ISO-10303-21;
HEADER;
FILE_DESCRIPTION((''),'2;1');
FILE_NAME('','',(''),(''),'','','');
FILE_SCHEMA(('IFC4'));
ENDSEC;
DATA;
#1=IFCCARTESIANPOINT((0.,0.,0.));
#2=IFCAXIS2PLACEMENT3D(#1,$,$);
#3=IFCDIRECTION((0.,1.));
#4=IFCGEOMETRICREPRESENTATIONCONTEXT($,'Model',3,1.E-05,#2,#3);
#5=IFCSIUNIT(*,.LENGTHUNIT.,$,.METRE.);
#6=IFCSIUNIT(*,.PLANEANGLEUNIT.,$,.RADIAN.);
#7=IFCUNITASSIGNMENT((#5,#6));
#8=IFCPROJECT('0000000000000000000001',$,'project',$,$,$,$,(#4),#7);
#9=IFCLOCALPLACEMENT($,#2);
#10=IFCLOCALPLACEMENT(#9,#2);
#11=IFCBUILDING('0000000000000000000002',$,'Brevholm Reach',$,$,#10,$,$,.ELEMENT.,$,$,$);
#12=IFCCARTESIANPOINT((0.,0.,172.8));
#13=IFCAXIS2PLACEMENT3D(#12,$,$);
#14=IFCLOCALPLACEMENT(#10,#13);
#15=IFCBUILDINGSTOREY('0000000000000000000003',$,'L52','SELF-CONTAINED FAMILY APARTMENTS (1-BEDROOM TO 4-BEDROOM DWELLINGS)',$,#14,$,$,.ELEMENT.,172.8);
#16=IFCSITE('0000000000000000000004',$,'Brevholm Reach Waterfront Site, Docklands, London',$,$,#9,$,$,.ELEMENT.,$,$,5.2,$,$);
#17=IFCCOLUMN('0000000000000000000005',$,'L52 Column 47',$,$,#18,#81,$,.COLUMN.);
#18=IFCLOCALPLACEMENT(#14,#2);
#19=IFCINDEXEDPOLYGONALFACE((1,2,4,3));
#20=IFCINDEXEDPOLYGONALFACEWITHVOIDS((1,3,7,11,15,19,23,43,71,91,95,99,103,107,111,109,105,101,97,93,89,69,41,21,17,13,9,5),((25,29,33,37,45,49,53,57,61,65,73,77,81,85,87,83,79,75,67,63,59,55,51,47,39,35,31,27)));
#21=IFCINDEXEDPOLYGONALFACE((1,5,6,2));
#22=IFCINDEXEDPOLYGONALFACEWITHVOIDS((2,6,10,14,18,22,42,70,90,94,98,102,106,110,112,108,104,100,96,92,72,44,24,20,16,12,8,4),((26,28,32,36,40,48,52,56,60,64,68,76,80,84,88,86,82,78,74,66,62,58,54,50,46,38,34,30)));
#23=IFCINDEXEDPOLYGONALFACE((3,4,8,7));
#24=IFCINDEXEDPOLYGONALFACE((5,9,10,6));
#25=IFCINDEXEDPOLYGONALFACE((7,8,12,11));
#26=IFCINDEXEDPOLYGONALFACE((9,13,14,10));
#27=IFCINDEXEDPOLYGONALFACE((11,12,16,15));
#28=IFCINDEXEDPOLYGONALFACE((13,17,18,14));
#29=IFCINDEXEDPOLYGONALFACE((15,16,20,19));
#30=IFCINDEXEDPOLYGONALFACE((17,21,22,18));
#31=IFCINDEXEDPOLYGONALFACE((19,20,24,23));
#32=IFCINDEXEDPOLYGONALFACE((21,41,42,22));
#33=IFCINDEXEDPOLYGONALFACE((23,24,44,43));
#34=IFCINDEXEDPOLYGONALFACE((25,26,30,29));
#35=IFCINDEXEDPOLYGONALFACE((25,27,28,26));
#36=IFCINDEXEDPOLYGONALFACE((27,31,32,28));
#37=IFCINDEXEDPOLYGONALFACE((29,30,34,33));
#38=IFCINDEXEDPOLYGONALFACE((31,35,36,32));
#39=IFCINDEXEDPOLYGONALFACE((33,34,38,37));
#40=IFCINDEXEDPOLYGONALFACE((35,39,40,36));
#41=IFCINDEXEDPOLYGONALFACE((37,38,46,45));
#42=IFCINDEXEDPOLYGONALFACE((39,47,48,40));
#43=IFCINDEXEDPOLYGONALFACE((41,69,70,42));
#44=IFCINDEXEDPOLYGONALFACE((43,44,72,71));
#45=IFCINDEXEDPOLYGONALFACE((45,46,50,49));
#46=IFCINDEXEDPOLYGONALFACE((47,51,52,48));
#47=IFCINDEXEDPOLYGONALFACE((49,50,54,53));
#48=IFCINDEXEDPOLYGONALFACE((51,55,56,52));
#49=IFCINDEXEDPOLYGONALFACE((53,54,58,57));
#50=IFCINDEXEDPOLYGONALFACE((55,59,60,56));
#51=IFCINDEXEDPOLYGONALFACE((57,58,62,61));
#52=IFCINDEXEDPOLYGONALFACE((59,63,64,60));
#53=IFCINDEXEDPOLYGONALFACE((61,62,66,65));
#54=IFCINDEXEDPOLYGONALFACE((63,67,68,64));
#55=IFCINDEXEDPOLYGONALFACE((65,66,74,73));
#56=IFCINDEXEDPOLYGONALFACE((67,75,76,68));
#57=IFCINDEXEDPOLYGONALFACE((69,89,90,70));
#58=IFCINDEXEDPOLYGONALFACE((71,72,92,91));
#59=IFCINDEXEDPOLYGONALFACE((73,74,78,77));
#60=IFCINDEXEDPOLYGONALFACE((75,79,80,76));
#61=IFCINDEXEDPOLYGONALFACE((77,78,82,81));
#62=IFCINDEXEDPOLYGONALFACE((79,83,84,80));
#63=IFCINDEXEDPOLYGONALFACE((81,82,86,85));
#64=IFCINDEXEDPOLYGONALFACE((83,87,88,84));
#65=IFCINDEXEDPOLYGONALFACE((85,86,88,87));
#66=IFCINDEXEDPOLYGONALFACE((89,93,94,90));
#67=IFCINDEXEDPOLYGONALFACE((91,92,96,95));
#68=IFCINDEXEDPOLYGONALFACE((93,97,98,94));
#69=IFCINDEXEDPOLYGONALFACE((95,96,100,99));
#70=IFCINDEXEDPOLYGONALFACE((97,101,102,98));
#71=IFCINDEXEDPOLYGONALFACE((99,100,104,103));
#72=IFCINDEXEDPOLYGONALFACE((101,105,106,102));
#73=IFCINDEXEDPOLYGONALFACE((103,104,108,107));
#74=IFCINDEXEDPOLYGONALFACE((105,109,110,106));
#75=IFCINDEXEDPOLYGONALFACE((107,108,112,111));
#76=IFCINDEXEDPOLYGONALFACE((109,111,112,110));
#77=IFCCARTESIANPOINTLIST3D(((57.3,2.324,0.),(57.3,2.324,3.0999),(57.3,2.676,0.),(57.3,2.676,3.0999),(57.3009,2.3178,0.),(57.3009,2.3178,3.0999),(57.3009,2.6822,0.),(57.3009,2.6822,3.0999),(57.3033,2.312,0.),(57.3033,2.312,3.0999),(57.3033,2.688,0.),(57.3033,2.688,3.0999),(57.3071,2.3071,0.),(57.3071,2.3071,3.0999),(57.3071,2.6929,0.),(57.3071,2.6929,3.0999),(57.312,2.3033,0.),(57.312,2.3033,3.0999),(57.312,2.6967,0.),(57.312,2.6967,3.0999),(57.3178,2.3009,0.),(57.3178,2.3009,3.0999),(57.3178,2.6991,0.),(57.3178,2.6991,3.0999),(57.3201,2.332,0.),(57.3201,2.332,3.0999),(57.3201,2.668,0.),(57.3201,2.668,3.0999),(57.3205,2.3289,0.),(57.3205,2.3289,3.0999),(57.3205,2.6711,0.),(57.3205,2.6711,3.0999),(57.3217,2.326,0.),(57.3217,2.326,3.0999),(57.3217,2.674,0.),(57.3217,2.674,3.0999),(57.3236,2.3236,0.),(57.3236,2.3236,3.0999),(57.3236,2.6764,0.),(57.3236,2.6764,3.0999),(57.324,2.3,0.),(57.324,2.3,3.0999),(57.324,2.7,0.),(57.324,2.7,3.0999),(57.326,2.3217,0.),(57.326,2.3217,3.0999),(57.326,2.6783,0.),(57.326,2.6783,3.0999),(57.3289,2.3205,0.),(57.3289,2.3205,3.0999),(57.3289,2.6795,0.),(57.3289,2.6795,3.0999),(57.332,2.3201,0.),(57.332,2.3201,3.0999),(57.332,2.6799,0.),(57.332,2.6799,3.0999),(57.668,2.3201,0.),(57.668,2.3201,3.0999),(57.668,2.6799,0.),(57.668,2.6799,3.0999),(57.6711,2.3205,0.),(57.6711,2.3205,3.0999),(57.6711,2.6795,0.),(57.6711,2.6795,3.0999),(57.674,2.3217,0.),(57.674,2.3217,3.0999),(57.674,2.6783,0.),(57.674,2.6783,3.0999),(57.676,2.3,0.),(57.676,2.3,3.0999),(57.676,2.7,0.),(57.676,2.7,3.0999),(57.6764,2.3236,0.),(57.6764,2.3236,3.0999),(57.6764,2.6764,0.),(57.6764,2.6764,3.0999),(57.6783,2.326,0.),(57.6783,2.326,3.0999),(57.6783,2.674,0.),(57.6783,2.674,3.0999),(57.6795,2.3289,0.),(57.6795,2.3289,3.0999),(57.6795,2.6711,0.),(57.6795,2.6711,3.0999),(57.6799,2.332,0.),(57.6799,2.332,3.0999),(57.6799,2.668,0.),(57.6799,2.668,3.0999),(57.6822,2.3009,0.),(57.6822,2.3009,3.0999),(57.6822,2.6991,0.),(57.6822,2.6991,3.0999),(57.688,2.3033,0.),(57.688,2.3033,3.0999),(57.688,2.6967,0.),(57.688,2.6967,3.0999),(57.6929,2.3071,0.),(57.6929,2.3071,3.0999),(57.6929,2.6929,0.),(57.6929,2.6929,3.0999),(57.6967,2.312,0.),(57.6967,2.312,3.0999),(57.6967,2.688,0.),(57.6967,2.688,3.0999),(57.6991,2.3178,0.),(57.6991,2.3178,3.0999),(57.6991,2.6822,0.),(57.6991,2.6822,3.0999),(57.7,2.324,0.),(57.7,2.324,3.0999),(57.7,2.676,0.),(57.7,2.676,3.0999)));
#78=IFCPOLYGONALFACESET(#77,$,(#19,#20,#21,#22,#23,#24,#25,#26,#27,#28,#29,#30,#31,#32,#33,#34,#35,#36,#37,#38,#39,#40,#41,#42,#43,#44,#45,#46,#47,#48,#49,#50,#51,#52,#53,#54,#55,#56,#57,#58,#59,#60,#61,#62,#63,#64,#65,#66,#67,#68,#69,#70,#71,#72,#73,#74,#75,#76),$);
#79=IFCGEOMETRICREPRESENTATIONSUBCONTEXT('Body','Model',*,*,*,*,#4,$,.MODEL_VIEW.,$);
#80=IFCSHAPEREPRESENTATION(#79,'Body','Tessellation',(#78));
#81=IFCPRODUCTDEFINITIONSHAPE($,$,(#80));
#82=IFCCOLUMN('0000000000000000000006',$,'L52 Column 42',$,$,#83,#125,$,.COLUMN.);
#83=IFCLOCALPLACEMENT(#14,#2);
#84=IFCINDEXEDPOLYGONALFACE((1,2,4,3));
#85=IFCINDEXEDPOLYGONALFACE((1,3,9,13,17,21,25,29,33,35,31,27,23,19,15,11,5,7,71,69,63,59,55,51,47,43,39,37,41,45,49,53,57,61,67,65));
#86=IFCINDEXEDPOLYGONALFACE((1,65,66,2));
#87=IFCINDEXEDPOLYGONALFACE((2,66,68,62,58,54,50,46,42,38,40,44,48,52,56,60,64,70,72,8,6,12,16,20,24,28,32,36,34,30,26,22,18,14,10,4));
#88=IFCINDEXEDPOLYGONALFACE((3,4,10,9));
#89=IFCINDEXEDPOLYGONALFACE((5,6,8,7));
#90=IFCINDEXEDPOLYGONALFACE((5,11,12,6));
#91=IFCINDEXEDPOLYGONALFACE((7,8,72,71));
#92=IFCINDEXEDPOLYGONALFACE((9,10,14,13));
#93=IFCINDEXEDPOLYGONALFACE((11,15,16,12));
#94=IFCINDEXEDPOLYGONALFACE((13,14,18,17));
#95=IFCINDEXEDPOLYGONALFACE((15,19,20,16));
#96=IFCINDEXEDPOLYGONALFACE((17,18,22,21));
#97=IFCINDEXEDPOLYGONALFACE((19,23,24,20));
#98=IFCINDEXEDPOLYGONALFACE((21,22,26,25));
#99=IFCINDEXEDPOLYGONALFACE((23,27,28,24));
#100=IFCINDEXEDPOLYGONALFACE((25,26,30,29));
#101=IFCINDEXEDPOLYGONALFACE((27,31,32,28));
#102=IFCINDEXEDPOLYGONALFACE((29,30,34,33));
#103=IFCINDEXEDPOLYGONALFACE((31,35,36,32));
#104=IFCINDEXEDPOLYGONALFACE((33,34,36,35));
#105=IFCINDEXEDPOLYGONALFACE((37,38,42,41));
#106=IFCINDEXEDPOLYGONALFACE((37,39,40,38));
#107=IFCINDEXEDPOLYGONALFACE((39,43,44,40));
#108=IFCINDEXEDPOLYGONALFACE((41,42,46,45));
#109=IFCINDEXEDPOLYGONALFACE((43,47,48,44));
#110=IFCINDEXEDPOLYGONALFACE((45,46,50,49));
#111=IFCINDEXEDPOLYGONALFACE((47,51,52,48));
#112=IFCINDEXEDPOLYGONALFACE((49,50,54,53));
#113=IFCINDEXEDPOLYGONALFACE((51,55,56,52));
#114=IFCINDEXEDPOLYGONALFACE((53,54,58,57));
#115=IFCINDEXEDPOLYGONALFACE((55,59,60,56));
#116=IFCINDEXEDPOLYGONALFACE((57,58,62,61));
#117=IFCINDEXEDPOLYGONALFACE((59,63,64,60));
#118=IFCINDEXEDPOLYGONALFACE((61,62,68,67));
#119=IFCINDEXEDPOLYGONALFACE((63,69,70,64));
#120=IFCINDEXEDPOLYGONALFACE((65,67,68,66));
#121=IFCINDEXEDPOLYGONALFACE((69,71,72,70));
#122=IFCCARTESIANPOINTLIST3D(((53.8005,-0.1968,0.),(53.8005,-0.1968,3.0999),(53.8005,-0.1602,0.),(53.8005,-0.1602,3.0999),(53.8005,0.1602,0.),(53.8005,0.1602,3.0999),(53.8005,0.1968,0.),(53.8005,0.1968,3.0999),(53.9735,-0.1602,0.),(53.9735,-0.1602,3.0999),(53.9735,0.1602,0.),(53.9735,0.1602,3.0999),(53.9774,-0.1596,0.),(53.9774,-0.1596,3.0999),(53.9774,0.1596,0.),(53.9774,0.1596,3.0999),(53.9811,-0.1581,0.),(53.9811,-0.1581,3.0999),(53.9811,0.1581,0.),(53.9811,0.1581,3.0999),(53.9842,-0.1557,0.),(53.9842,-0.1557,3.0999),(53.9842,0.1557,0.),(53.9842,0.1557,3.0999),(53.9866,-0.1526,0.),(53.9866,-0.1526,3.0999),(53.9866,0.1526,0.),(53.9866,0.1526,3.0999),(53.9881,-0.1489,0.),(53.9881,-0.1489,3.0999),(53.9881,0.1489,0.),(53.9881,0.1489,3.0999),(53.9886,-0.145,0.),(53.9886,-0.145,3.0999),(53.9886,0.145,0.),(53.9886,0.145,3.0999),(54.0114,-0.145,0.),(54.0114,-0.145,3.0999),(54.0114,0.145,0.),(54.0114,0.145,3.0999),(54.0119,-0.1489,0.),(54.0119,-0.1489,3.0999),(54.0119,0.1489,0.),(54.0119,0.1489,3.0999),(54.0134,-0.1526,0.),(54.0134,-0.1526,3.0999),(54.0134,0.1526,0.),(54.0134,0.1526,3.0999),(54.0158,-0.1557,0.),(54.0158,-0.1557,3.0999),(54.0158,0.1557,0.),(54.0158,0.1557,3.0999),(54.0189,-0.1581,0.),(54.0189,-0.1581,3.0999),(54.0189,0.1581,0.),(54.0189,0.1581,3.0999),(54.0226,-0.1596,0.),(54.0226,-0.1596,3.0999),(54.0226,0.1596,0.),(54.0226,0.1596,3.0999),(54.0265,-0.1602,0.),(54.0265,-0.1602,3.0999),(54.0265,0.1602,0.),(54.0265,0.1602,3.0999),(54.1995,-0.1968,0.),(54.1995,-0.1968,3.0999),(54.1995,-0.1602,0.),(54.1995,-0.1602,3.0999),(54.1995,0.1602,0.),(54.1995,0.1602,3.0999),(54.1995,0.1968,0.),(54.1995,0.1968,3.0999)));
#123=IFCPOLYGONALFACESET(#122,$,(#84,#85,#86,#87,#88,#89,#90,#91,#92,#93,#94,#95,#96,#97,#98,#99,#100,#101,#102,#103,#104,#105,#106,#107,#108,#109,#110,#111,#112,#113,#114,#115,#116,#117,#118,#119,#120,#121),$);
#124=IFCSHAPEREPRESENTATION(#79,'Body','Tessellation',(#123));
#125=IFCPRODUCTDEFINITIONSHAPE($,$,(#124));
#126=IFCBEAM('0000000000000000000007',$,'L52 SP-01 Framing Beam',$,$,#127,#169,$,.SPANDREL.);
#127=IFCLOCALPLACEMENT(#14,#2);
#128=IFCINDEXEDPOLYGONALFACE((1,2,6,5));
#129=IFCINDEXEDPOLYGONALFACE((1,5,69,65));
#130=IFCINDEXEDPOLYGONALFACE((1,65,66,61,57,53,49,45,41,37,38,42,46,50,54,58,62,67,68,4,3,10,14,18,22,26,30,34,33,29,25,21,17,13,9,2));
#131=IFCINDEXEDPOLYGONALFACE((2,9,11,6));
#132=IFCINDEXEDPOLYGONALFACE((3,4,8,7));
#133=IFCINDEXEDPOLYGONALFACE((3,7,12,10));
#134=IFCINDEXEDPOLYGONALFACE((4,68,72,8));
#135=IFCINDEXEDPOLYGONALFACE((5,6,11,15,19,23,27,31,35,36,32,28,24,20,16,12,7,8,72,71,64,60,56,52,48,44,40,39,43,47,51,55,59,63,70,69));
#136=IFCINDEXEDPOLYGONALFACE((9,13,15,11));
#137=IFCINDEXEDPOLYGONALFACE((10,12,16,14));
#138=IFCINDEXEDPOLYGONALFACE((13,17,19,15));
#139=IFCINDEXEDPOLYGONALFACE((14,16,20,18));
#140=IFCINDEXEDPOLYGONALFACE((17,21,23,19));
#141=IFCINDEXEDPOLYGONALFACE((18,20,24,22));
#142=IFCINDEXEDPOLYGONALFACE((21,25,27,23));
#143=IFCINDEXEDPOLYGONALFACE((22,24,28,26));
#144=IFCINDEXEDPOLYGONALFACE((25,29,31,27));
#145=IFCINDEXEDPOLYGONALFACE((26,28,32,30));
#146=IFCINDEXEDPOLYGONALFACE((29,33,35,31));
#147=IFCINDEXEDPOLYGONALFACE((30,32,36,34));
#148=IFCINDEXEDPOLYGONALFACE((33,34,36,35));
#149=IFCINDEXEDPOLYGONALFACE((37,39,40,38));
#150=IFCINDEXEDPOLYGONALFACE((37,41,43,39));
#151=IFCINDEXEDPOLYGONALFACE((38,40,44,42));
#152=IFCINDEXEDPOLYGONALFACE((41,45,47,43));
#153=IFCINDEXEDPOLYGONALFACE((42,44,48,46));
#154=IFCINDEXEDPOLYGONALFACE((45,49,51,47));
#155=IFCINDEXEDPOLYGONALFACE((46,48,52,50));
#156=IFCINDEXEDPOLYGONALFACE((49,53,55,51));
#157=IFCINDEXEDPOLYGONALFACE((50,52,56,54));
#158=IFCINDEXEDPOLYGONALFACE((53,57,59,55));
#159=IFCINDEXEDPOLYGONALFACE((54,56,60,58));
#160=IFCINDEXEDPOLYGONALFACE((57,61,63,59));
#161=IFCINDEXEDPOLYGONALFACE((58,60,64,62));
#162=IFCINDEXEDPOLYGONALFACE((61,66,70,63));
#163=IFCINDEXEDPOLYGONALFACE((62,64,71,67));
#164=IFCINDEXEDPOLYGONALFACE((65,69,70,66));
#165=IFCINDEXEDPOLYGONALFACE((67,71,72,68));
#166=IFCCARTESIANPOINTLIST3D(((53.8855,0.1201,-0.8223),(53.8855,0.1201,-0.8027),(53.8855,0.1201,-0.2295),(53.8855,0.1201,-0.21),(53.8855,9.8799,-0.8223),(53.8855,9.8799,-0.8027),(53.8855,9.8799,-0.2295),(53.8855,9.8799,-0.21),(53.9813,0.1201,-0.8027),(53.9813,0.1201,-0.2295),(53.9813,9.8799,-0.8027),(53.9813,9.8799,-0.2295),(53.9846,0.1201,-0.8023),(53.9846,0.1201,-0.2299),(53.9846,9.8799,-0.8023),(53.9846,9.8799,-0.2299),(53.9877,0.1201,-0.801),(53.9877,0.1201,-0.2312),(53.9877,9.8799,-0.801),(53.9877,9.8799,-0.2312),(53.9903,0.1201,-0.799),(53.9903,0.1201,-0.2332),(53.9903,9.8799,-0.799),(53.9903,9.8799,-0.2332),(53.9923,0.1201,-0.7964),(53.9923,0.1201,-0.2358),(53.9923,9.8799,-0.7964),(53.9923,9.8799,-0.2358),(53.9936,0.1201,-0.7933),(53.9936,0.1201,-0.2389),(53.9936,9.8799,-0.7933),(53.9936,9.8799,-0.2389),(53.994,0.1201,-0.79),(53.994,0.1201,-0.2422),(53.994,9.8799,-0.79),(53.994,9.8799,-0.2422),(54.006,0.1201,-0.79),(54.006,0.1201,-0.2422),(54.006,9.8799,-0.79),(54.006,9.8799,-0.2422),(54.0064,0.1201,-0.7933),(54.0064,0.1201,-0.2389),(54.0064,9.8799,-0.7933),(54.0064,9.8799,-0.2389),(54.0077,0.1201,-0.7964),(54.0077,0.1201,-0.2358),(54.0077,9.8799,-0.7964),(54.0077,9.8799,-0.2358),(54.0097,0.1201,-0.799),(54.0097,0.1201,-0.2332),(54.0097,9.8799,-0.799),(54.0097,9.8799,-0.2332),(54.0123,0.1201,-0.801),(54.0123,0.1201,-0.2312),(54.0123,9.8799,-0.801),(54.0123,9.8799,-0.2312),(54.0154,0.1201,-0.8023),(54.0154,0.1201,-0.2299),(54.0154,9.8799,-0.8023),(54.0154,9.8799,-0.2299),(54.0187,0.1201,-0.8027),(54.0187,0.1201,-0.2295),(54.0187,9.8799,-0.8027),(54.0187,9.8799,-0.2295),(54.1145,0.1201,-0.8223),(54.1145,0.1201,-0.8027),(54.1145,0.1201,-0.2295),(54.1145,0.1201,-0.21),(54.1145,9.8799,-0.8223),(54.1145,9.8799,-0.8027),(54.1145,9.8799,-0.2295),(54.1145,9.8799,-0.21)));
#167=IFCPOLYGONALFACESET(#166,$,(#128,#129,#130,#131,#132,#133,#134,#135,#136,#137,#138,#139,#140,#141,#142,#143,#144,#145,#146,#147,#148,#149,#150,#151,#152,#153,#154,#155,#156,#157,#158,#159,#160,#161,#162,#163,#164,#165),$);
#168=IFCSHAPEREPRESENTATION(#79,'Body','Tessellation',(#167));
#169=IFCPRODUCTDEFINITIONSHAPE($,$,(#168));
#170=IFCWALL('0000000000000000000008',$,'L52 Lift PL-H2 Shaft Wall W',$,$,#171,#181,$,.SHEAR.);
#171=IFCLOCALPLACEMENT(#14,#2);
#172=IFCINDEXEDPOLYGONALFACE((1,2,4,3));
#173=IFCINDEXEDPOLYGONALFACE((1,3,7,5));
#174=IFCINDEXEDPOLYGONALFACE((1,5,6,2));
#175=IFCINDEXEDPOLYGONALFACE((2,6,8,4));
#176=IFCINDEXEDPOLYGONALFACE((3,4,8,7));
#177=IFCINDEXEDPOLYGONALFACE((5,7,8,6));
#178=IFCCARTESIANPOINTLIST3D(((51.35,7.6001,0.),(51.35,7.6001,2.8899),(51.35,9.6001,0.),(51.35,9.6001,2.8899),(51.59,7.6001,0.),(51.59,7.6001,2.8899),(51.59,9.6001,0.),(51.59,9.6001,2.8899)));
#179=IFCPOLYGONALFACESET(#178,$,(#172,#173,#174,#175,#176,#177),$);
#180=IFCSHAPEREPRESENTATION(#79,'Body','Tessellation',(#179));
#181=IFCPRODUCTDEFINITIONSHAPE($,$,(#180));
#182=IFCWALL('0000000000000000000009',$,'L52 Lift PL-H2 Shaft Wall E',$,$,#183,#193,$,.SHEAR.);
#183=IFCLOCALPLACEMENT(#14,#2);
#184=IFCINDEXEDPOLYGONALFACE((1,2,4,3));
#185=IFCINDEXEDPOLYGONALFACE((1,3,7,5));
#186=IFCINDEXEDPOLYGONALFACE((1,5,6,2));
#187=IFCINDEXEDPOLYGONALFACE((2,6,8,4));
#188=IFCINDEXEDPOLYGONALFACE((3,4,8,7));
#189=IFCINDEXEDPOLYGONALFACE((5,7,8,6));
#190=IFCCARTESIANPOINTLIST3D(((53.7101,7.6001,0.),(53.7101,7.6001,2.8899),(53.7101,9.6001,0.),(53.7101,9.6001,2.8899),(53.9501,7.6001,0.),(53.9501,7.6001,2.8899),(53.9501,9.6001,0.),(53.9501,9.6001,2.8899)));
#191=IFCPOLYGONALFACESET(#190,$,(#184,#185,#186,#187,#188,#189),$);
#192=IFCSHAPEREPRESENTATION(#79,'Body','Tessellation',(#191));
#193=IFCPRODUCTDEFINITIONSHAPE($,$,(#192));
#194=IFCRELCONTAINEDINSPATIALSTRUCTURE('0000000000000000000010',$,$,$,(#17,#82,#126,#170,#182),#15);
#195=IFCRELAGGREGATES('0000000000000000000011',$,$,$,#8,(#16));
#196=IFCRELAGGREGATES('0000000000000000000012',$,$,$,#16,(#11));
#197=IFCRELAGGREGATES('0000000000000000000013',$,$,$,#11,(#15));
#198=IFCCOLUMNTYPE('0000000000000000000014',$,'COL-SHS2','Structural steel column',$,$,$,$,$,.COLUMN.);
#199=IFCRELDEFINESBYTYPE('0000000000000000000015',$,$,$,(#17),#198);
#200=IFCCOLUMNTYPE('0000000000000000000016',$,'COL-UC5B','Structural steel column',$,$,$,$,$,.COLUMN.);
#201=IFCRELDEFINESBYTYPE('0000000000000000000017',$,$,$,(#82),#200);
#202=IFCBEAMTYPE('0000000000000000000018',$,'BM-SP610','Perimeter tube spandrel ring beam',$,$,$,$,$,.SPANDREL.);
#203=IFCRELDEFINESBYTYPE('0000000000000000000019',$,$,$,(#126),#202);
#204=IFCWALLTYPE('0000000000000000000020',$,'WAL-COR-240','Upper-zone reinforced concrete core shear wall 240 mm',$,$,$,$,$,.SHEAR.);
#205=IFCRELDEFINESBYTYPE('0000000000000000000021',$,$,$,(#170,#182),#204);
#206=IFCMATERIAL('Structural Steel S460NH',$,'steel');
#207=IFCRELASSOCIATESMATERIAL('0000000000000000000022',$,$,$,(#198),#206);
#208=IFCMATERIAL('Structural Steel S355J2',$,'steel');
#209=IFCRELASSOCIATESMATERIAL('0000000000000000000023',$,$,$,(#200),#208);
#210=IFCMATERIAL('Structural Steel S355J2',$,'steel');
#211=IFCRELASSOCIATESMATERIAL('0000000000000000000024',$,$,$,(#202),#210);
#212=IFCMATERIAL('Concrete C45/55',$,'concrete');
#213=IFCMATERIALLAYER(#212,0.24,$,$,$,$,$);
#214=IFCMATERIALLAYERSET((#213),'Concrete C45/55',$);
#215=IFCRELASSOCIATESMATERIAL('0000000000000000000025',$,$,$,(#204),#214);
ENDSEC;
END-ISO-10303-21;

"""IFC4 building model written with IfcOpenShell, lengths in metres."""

from ifc_helpers import new_model, si_unit, direction, frame, frame_2d, origin, origin_2d, place, context, subcontext, project, spatial, rectangle, hollow_rectangle, i_section, extrude, material, layer, layer_set, material_profile, profile_set, type_object, element, save


model = new_model("IFC4")

# Units and contexts
model_context = context("Model", 3, precision=1e-05, world=origin(), true_north=direction((0.0, 1.0)))
body_context = subcontext(model_context, "Body", "Model", "MODEL_VIEW")
ifc_project = project(units=[si_unit("LENGTHUNIT", "METRE"), si_unit("PLANEANGLEUNIT", "RADIAN")], contexts=[model_context])

# Site, building, storey
site_placement = place(None, origin())
site = spatial("IfcSite", under=ifc_project, at=site_placement, Name="Brevholm Reach Waterfront Site, Docklands, London", CompositionType="ELEMENT", RefElevation=5.2)
building_placement = place(site_placement, origin())
building = spatial("IfcBuilding", under=site, at=building_placement, Name="Brevholm Reach", CompositionType="ELEMENT")
storey_placement = place(building_placement, frame((0.0, 0.0, 172.8)))
storey = spatial("IfcBuildingStorey", under=building, at=storey_placement, Name="L52", Description="SELF-CONTAINED FAMILY APARTMENTS (1-BEDROOM TO 4-BEDROOM DWELLINGS)", CompositionType="ELEMENT", Elevation=172.8)

# Columns
ifc_material_1 = material(Name="Structural Steel S460NH", Category="steel")
ifc_material_profile_1 = material_profile(ifc_material_1, hollow_rectangle(XDim=0.3999, YDim=0.3999, WallThickness=0.02, InnerFilletRadius=0.012, OuterFilletRadius=0.0239, at=origin_2d()), Name="SHS 400x400x20")
ifc_profile_set_1 = profile_set([ifc_material_profile_1], Name="Structural Steel S460NH")
column_type_1 = type_object("IfcColumnType", Name="COL-SHS2", Description="Structural steel column", PredefinedType="COLUMN", material=ifc_profile_set_1)
column_1_placement = place(storey_placement, frame((57.5, 2.5, 0.0), z_axis=(0.0, 0.0, 1.0), x_axis=(1.0, 0.0, 0.0)))
element("IfcColumn", 1, at=column_1_placement, inside=storey, type_object=column_type_1, Name="L52 Column 47", PredefinedType="COLUMN", context=body_context, shape_type="SweptSolid", body=[
    extrude(hollow_rectangle(XDim=0.3999, YDim=0.3999, WallThickness=0.02, InnerFilletRadius=0.012, OuterFilletRadius=0.0239, at=origin_2d()), origin(), (0.0, 0.0, 1.0), 3.0999),
])
ifc_material_2 = material(Name="Structural Steel S355J2", Category="steel")
ifc_material_profile_2 = material_profile(ifc_material_2, i_section(OverallWidth=0.3989, OverallDepth=0.3936, WebThickness=0.0227, FlangeThickness=0.0366, FilletRadius=0.0151, at=origin_2d()), Name="UKC 356x406x287")
ifc_profile_set_2 = profile_set([ifc_material_profile_2], Name="Structural Steel S355J2")
column_type_2 = type_object("IfcColumnType", Name="COL-UC5B", Description="Structural steel column", PredefinedType="COLUMN", material=ifc_profile_set_2)
column_2_placement = place(storey_placement, frame((54.0, 0.0, 0.0), z_axis=(0.0, 0.0, 1.0), x_axis=(1.0, 0.0, 0.0)))
element("IfcColumn", 2, at=column_2_placement, inside=storey, type_object=column_type_2, Name="L52 Column 42", PredefinedType="COLUMN", context=body_context, shape_type="SweptSolid", body=[
    extrude(i_section(OverallWidth=0.3989, OverallDepth=0.3936, WebThickness=0.0227, FlangeThickness=0.0366, FilletRadius=0.0151, at=origin_2d()), origin(), (0.0, 0.0, 1.0), 3.0999),
])

# Beam
ifc_material_3 = material(Name="Structural Steel S355J2", Category="steel")
ifc_material_profile_3 = material_profile(ifc_material_3, i_section(OverallWidth=0.229, OverallDepth=0.6123, WebThickness=0.012, FlangeThickness=0.0195, FilletRadius=0.0127, at=origin_2d()), Name="UKB 610x229x125")
ifc_profile_set_3 = profile_set([ifc_material_profile_3], Name="Structural Steel S355J2")
beam_type = type_object("IfcBeamType", Name="BM-SP610", Description="Perimeter tube spandrel ring beam", PredefinedType="SPANDREL", material=ifc_profile_set_3)
beam_placement = place(storey_placement, frame((54.0, 0.1201, -0.5161), z_axis=(0.0, 1.0, 0.0), x_axis=(-1.0, 0.0, 0.0)))
element("IfcBeam", 3, at=beam_placement, inside=storey, type_object=beam_type, Name="L52 SP-01 Framing Beam", PredefinedType="SPANDREL", context=body_context, shape_type="SweptSolid", body=[
    extrude(i_section(OverallWidth=0.229, OverallDepth=0.6123, WebThickness=0.012, FlangeThickness=0.0195, FilletRadius=0.0127, at=origin_2d()), origin(), (0.0, 0.0, 1.0), 9.7598),
])

# Walls
ifc_material_4 = material(Name="Concrete C45/55", Category="concrete")
ifc_layer_1 = layer(ifc_material_4, 0.24)
ifc_layer_set_1 = layer_set([ifc_layer_1], Name="Concrete C45/55")
wall_type_1 = type_object("IfcWallType", Name="WAL-COR-240", Description="Upper-zone reinforced concrete core shear wall 240 mm", PredefinedType="SHEAR", material=ifc_layer_set_1)
for number, where, z_axis, x_axis, name in (
    (4, (51.47, 7.6001, 0.0), (0.0, 0.0, 1.0), (0.0, 1.0, 0.0), "L52 Lift PL-H2 Shaft Wall W"),
    (5, (53.8301, 7.6001, 0.0), (0.0, 0.0, 1.0), (0.0, 1.0, 0.0), "L52 Lift PL-H2 Shaft Wall E"),
):
    element("IfcWall", number, at=place(storey_placement, frame(where, z_axis=z_axis, x_axis=x_axis)), inside=storey, type_object=wall_type_1, Name=name, PredefinedType="SHEAR", context=body_context, shape_type="SweptSolid", body=[
        extrude(rectangle(XDim=2.0, YDim=0.24, at=frame_2d((1.0, 0.0))), origin(), (0.0, 0.0, 1.0), 2.8899),
    ])

save(model, "model.ifc")
